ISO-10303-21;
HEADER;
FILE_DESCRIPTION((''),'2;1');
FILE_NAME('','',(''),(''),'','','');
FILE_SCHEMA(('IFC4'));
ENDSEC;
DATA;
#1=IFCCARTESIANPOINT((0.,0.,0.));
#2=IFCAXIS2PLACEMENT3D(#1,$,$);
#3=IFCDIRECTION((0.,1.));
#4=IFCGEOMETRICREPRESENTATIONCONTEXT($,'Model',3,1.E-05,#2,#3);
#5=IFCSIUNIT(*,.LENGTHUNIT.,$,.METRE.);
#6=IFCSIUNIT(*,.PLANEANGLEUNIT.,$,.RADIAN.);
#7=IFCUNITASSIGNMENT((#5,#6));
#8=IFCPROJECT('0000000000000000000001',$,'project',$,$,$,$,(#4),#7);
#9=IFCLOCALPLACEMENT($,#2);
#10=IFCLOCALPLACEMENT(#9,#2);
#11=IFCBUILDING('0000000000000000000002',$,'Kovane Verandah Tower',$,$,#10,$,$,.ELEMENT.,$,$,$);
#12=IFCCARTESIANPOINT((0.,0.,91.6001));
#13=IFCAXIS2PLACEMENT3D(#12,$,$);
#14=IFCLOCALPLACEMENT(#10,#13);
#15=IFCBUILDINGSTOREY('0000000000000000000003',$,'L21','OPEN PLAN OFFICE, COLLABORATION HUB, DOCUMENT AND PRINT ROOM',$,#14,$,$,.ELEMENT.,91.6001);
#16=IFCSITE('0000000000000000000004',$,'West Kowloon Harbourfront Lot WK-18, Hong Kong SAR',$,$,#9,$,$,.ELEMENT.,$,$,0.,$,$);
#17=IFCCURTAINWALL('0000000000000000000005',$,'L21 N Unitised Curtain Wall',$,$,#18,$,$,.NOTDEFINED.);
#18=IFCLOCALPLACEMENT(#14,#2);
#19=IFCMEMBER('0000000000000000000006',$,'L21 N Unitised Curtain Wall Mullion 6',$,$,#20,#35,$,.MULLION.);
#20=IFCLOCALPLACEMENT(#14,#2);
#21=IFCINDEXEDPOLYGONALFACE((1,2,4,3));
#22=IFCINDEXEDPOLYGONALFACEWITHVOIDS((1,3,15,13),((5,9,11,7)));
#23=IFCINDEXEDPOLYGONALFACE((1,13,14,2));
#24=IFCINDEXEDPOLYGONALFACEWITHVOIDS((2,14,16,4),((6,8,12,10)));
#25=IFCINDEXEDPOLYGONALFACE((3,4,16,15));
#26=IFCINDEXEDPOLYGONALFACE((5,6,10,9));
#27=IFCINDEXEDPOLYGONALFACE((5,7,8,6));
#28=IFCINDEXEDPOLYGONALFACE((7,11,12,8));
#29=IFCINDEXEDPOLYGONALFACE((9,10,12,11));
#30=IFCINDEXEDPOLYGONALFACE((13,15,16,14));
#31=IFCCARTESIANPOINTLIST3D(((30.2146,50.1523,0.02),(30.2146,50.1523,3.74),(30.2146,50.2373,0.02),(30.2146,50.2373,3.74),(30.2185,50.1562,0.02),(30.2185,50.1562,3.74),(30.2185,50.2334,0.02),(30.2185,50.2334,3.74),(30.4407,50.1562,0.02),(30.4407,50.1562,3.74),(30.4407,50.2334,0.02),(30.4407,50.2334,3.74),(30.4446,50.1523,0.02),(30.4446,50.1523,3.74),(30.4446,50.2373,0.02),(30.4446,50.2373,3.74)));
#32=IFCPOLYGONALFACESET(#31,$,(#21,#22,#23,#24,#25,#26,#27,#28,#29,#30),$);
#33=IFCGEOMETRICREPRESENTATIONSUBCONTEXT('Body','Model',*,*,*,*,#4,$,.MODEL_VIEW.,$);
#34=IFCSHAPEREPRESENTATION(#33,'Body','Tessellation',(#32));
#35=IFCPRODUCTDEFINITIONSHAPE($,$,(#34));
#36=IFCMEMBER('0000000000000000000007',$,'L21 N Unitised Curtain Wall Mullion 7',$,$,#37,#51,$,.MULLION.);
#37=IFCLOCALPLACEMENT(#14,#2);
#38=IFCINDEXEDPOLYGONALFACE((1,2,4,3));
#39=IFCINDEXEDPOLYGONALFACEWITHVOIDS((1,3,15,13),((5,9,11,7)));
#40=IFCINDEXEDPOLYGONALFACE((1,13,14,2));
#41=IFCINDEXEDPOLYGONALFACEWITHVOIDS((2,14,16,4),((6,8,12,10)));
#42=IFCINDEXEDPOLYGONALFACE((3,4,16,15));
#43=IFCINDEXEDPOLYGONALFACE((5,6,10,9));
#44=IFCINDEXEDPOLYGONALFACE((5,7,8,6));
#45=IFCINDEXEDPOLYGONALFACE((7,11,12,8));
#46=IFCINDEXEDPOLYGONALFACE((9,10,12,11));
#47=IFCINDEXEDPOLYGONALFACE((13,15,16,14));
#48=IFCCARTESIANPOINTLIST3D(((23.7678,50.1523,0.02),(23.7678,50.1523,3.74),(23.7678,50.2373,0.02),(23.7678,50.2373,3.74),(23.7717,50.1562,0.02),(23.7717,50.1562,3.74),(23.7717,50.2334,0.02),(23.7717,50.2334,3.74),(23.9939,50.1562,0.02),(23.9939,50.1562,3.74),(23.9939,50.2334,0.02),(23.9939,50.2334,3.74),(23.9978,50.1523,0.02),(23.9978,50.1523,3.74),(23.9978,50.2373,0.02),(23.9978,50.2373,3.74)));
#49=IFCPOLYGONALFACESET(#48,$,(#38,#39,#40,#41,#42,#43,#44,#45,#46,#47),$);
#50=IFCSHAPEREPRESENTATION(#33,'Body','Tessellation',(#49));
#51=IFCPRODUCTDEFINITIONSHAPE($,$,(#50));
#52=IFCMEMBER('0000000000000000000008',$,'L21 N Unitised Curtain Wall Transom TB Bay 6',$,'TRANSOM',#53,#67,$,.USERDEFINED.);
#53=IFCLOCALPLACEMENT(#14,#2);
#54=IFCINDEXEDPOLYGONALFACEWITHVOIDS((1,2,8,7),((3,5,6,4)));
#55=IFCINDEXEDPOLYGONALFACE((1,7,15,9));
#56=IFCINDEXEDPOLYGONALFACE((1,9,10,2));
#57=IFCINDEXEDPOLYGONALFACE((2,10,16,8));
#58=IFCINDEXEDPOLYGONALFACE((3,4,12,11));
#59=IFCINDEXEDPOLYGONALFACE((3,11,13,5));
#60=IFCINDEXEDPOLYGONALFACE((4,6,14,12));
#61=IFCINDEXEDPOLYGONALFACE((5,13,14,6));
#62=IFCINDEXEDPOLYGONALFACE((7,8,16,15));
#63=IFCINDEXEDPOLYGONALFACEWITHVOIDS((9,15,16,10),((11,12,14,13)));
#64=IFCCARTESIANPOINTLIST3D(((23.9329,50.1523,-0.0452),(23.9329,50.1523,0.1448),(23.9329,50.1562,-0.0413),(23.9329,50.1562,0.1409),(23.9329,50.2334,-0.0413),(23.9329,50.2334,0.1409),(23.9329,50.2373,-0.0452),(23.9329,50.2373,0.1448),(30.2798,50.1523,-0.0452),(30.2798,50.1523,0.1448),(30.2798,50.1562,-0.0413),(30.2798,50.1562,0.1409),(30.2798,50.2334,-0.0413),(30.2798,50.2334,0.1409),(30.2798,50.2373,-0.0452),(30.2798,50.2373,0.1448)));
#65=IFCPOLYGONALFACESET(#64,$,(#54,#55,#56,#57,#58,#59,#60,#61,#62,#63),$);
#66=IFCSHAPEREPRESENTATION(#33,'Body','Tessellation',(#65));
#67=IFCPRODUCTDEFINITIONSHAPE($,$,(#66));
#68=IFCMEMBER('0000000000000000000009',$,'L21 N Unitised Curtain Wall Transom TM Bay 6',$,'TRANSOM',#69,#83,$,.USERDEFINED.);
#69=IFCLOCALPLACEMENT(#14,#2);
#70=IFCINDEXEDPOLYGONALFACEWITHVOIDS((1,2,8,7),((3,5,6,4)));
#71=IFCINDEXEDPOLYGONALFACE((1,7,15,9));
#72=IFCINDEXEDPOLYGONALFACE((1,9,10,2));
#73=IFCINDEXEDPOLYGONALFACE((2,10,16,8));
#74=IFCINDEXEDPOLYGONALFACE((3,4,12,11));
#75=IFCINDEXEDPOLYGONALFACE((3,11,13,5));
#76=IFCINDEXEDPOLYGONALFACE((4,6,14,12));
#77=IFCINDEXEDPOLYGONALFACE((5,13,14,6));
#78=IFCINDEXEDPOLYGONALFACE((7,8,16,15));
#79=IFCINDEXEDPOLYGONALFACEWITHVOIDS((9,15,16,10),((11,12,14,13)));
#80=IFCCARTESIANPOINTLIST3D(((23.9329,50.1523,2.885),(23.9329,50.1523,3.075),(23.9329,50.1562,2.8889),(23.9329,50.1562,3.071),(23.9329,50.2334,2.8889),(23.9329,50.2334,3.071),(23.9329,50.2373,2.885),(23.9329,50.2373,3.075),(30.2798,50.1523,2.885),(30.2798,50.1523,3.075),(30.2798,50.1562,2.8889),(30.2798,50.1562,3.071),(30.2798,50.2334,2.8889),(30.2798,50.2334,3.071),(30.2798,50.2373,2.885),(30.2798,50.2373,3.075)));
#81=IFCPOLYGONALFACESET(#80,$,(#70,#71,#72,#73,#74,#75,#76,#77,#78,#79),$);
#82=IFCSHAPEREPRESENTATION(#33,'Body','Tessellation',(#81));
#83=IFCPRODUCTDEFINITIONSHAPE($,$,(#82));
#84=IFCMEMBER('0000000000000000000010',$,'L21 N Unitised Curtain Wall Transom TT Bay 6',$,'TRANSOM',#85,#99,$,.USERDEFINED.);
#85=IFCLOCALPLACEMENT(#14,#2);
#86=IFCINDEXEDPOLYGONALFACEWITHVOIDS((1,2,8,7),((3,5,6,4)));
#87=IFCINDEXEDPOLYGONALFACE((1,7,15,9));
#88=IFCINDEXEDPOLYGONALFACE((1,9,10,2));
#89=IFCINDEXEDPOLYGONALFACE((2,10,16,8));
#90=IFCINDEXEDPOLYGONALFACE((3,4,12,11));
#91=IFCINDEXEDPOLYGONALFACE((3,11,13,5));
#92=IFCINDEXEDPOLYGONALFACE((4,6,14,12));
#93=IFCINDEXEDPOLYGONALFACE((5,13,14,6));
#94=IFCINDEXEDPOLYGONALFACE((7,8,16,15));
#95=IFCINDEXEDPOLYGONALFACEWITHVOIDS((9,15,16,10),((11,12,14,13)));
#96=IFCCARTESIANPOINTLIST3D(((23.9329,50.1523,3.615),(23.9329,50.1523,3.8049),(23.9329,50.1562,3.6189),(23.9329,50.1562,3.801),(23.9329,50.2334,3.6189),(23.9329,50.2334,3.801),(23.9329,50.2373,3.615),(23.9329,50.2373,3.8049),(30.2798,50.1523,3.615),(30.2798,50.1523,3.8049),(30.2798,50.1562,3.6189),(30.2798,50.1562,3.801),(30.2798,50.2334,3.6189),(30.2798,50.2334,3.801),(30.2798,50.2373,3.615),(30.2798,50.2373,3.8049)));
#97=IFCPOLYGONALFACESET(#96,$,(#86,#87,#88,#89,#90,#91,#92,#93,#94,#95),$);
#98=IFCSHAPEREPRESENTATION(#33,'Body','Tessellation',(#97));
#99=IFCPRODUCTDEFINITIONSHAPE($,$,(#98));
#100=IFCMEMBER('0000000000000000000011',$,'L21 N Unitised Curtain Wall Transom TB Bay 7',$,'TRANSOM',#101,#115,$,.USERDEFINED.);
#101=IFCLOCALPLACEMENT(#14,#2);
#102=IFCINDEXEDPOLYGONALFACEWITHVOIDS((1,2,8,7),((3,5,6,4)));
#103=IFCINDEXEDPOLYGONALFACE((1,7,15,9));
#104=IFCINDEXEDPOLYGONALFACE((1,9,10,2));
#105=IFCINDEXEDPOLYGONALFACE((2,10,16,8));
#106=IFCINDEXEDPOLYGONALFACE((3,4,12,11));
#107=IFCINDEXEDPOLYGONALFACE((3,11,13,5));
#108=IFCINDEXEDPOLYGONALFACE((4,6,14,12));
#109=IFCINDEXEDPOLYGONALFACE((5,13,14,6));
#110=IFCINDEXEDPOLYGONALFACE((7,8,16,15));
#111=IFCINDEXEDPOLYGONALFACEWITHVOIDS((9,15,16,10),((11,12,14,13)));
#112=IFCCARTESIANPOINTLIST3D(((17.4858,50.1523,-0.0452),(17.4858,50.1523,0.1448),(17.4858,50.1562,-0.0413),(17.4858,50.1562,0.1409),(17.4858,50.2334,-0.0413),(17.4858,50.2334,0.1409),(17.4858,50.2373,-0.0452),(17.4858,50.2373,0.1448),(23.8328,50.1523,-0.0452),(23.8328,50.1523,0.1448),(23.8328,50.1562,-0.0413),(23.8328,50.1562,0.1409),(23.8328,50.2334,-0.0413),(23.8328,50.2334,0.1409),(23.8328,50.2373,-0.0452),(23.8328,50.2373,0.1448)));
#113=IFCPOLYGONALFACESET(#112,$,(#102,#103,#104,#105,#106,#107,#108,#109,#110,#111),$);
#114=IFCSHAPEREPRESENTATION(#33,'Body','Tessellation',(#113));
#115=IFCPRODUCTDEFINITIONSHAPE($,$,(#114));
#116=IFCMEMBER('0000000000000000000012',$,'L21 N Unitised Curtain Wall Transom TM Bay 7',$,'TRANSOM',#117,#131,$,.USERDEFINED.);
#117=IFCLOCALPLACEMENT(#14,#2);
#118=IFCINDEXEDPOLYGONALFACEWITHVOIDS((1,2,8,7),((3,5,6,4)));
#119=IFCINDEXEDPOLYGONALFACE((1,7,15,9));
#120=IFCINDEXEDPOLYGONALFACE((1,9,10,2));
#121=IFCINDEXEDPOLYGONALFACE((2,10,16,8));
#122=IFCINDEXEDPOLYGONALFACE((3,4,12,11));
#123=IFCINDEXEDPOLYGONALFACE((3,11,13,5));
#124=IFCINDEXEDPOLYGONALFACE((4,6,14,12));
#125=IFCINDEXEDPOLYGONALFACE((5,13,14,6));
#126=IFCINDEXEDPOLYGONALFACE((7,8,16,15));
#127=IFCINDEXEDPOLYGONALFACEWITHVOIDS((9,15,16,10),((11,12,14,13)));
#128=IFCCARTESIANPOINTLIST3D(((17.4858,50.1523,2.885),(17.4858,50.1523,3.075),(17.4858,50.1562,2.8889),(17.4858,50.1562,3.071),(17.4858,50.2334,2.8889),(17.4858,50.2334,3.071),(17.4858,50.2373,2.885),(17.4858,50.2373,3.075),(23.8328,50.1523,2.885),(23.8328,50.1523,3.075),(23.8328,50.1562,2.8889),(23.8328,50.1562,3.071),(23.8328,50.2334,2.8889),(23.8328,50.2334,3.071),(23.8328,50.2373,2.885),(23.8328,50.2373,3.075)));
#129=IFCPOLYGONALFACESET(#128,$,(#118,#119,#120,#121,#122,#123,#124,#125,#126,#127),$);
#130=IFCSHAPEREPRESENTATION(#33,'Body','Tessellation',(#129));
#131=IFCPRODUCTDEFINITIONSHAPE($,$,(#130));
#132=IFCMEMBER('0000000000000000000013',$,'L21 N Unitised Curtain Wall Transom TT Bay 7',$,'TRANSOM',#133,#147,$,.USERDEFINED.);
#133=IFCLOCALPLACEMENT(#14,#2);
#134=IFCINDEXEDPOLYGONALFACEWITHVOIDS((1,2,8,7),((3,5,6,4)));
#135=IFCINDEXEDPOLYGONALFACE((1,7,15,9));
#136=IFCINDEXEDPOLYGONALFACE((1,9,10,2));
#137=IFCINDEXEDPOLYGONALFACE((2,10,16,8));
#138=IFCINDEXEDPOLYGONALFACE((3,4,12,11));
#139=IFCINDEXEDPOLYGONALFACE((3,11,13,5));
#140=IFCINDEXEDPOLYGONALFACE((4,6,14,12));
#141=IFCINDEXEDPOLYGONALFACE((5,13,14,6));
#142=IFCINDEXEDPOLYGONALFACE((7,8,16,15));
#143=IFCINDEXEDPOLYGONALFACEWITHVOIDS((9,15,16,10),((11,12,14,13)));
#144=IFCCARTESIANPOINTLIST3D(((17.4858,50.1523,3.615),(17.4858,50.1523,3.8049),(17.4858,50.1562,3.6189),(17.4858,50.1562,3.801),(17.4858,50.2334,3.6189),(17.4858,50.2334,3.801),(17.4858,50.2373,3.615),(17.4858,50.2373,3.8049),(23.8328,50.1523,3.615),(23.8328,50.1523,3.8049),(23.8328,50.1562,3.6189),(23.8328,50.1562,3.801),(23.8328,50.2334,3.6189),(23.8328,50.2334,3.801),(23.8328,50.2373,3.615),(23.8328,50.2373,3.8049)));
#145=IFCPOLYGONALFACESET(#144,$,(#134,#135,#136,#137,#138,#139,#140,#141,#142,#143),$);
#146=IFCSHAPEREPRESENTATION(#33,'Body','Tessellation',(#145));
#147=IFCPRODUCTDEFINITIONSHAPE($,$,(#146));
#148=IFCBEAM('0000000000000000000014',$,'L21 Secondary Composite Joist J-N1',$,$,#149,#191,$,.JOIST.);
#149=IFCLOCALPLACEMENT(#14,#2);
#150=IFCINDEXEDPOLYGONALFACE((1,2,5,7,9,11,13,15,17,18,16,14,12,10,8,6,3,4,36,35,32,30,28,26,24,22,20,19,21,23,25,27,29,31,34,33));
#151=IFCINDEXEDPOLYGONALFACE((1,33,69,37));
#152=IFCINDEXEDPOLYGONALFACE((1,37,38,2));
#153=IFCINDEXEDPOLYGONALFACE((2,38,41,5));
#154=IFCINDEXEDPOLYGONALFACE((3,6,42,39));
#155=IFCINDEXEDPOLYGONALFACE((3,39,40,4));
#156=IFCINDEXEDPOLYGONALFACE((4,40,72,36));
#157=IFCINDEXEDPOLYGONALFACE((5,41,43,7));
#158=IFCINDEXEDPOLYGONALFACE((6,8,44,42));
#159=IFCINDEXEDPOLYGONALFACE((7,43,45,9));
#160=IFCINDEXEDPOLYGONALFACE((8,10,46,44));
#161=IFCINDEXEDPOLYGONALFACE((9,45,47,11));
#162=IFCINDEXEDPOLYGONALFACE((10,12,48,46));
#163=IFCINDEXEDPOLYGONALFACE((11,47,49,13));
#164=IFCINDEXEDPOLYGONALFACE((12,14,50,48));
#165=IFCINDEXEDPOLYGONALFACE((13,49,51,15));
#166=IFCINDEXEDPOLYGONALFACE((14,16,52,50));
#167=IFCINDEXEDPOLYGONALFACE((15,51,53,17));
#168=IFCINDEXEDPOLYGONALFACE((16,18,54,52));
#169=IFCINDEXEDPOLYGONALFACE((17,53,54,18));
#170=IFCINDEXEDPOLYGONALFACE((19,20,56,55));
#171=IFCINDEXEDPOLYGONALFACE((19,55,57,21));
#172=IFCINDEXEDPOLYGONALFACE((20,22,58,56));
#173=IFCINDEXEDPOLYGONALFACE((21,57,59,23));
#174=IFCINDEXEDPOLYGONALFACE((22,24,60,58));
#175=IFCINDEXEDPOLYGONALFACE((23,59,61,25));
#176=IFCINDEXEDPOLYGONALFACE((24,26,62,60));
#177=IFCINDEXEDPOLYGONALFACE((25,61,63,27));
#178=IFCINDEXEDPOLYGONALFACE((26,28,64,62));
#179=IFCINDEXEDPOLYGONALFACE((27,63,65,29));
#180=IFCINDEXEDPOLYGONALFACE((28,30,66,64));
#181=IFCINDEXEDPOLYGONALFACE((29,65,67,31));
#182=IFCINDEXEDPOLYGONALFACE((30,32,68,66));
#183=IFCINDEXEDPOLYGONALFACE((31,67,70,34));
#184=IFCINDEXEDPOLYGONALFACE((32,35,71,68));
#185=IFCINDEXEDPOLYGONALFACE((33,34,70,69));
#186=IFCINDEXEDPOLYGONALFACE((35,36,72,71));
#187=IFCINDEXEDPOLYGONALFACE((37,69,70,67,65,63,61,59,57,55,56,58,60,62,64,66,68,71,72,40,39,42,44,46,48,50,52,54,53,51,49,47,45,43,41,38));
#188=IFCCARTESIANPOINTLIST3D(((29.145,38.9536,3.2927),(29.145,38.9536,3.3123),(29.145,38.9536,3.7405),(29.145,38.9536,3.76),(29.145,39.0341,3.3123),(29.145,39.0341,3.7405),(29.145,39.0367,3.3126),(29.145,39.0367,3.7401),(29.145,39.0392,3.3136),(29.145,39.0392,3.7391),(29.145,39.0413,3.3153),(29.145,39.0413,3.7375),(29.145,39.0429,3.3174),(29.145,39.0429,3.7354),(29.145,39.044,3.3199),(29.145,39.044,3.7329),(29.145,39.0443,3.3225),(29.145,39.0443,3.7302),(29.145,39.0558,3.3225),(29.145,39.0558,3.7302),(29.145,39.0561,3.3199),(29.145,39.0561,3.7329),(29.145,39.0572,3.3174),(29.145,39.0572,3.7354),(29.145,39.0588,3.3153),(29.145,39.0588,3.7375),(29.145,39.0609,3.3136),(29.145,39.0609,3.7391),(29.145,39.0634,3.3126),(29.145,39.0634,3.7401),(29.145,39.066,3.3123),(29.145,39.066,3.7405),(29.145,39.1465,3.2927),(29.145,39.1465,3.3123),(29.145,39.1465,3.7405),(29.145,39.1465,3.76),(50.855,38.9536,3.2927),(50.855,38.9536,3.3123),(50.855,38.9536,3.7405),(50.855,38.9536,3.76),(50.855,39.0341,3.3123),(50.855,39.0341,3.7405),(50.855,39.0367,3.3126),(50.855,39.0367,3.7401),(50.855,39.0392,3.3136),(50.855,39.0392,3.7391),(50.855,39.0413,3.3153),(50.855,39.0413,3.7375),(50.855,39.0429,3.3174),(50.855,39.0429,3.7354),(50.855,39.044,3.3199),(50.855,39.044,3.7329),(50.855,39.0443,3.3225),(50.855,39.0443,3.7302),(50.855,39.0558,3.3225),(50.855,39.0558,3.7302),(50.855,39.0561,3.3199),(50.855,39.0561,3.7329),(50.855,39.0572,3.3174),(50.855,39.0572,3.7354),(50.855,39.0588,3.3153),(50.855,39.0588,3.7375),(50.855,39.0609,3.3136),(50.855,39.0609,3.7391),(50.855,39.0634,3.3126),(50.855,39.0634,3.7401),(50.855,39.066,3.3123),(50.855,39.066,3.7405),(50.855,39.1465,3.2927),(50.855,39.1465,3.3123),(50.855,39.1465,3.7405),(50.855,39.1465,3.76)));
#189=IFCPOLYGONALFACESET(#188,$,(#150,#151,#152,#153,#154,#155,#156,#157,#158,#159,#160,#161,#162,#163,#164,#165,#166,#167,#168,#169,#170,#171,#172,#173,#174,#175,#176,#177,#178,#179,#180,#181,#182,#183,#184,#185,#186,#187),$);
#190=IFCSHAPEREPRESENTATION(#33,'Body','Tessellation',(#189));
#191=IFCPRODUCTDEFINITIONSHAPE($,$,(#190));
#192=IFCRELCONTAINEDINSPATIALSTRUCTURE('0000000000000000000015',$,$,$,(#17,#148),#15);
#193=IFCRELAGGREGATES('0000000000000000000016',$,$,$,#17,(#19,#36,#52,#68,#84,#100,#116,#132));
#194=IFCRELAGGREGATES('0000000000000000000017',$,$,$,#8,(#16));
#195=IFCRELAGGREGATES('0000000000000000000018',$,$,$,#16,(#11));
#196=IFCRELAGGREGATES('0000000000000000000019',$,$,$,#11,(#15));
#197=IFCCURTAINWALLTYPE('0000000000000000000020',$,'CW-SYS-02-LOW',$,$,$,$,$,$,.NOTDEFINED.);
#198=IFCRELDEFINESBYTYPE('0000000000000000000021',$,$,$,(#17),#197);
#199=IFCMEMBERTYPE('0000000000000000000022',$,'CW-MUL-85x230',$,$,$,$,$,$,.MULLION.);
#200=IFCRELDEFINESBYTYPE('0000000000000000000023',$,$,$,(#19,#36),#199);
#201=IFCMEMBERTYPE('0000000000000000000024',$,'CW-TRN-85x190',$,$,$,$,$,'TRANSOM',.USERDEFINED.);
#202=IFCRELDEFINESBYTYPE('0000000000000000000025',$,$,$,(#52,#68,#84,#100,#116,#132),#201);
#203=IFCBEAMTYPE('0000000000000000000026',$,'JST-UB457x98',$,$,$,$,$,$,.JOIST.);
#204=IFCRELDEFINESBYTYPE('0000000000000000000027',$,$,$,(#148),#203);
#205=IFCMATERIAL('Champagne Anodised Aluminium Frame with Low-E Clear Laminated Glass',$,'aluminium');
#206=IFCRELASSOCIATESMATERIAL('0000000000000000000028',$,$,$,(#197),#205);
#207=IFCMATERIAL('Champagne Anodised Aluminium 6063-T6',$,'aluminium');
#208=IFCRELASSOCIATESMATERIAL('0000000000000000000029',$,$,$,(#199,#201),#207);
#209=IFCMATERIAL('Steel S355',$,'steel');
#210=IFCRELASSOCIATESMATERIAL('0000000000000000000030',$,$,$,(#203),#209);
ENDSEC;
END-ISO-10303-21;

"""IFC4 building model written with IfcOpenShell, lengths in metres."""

from ifc_helpers import new_model, si_unit, direction, frame, origin, origin_2d, place, context, subcontext, project, spatial, hollow_rectangle, i_section, extrude, material, material_profile, profile_set, type_object, element, aggregate, save


model = new_model("IFC4")

# Units and contexts
model_context = context("Model", 3, precision=1e-05, world=origin(), true_north=direction((0.0, 1.0)))
body_context = subcontext(model_context, "Body", "Model", "MODEL_VIEW")
ifc_project = project(units=[si_unit("LENGTHUNIT", "METRE"), si_unit("PLANEANGLEUNIT", "RADIAN")], contexts=[model_context])

# Site, building, storey
site_placement = place(None, origin())
site = spatial("IfcSite", under=ifc_project, at=site_placement, Name="West Kowloon Harbourfront Lot WK-18, Hong Kong SAR", CompositionType="ELEMENT", RefElevation=0.0)
building_placement = place(site_placement, origin())
building = spatial("IfcBuilding", under=site, at=building_placement, Name="Kovane Verandah Tower", CompositionType="ELEMENT")
storey_placement = place(building_placement, frame((0.0, 0.0, 91.6001)))
storey = spatial("IfcBuildingStorey", under=building, at=storey_placement, Name="L21", Description="OPEN PLAN OFFICE, COLLABORATION HUB, DOCUMENT AND PRINT ROOM", CompositionType="ELEMENT", Elevation=91.6001)

# Shared definitions
ifc_material_1 = material(Name="Steel S355", Category="steel")

# Curtain wall, members
ifc_material_2 = material(Name="Champagne Anodised Aluminium Frame with Low-E Clear Laminated Glass", Category="aluminium")
curtain_wall_type = type_object("IfcCurtainWallType", Name="CW-SYS-02-LOW", PredefinedType="NOTDEFINED", material=ifc_material_2)
curtain_wall_placement = place(storey_placement, origin())
curtain_wall = element("IfcCurtainWall", 1, at=curtain_wall_placement, inside=storey, type_object=curtain_wall_type, Name="L21 N Unitised Curtain Wall", PredefinedType="NOTDEFINED")
ifc_material_3 = material(Name="Champagne Anodised Aluminium 6063-T6", Category="aluminium")
ifc_material_profile_1 = material_profile(ifc_material_3, hollow_rectangle(XDim=0.085, YDim=0.23, WallThickness=0.0039, at=origin_2d()), Name="AL85x230x4")
ifc_profile_set_1 = profile_set([ifc_material_profile_1], Name="Champagne Anodised Aluminium 6063-T6")
member_type_1 = type_object("IfcMemberType", Name="CW-MUL-85x230", PredefinedType="MULLION", material=ifc_profile_set_1)
member_1_placement = place(storey_placement, frame((30.3296, 50.1948, 0.02), z_axis=(0.0, 0.0, 1.0), x_axis=(0.0, 1.0, 0.0)))
member_1 = element("IfcMember", 2, at=member_1_placement, type_object=member_type_1, Name="L21 N Unitised Curtain Wall Mullion 6", PredefinedType="MULLION", context=body_context, shape_type="SweptSolid", body=[
    extrude(hollow_rectangle(XDim=0.085, YDim=0.23, WallThickness=0.0039, at=origin_2d()), origin(), (0.0, 0.0, 1.0), 3.72),
])
member_2_placement = place(storey_placement, frame((23.8828, 50.1948, 0.02), z_axis=(0.0, 0.0, 1.0), x_axis=(0.0, 1.0, 0.0)))
member_2 = element("IfcMember", 3, at=member_2_placement, type_object=member_type_1, Name="L21 N Unitised Curtain Wall Mullion 7", PredefinedType="MULLION", context=body_context, shape_type="SweptSolid", body=[
    extrude(hollow_rectangle(XDim=0.085, YDim=0.23, WallThickness=0.0039, at=origin_2d()), origin(), (0.0, 0.0, 1.0), 3.72),
])
ifc_material_profile_2 = material_profile(ifc_material_3, hollow_rectangle(XDim=0.085, YDim=0.1899, WallThickness=0.0039, at=origin_2d()), Name="AL85x190x4")
ifc_profile_set_2 = profile_set([ifc_material_profile_2], Name="Champagne Anodised Aluminium 6063-T6")
member_type_2 = type_object("IfcMemberType", Name="CW-TRN-85x190", ElementType="TRANSOM", PredefinedType="USERDEFINED", material=ifc_profile_set_2)
member_3_placement = place(storey_placement, frame((30.2798, 50.1948, 0.0498), z_axis=(-1.0, 0.0, 0.0), x_axis=(0.0, -1.0, 0.0)))
member_3 = element("IfcMember", 4, at=member_3_placement, type_object=member_type_2, Name="L21 N Unitised Curtain Wall Transom TB Bay 6", ObjectType="TRANSOM", PredefinedType="USERDEFINED", context=body_context, shape_type="SweptSolid", body=[
    extrude(hollow_rectangle(XDim=0.085, YDim=0.1899, WallThickness=0.0039, at=origin_2d()), origin(), (0.0, 0.0, 1.0), 6.3469),
])
member_4_placement = place(storey_placement, frame((30.2798, 50.1948, 2.98), z_axis=(-1.0, 0.0, 0.0), x_axis=(0.0, -1.0, 0.0)))
member_4 = element("IfcMember", 5, at=member_4_placement, type_object=member_type_2, Name="L21 N Unitised Curtain Wall Transom TM Bay 6", ObjectType="TRANSOM", PredefinedType="USERDEFINED", context=body_context, shape_type="SweptSolid", body=[
    extrude(hollow_rectangle(XDim=0.085, YDim=0.1899, WallThickness=0.0039, at=origin_2d()), origin(), (0.0, 0.0, 1.0), 6.3469),
])
member_5_placement = place(storey_placement, frame((30.2798, 50.1948, 3.71), z_axis=(-1.0, 0.0, 0.0), x_axis=(0.0, -1.0, 0.0)))
member_5 = element("IfcMember", 6, at=member_5_placement, type_object=member_type_2, Name="L21 N Unitised Curtain Wall Transom TT Bay 6", ObjectType="TRANSOM", PredefinedType="USERDEFINED", context=body_context, shape_type="SweptSolid", body=[
    extrude(hollow_rectangle(XDim=0.085, YDim=0.1899, WallThickness=0.0039, at=origin_2d()), origin(), (0.0, 0.0, 1.0), 6.3469),
])
member_6_placement = place(storey_placement, frame((23.8328, 50.1948, 0.0498), z_axis=(-1.0, 0.0, 0.0), x_axis=(0.0, -1.0, 0.0)))
member_6 = element("IfcMember", 7, at=member_6_placement, type_object=member_type_2, Name="L21 N Unitised Curtain Wall Transom TB Bay 7", ObjectType="TRANSOM", PredefinedType="USERDEFINED", context=body_context, shape_type="SweptSolid", body=[
    extrude(hollow_rectangle(XDim=0.085, YDim=0.1899, WallThickness=0.0039, at=origin_2d()), origin(), (0.0, 0.0, 1.0), 6.3469),
])
member_7_placement = place(storey_placement, frame((23.8328, 50.1948, 2.98), z_axis=(-1.0, 0.0, 0.0), x_axis=(0.0, -1.0, 0.0)))
member_7 = element("IfcMember", 8, at=member_7_placement, type_object=member_type_2, Name="L21 N Unitised Curtain Wall Transom TM Bay 7", ObjectType="TRANSOM", PredefinedType="USERDEFINED", context=body_context, shape_type="SweptSolid", body=[
    extrude(hollow_rectangle(XDim=0.085, YDim=0.1899, WallThickness=0.0039, at=origin_2d()), origin(), (0.0, 0.0, 1.0), 6.3469),
])
member_8_placement = place(storey_placement, frame((23.8328, 50.1948, 3.71), z_axis=(-1.0, 0.0, 0.0), x_axis=(0.0, -1.0, 0.0)))
member_8 = element("IfcMember", 9, at=member_8_placement, type_object=member_type_2, Name="L21 N Unitised Curtain Wall Transom TT Bay 7", ObjectType="TRANSOM", PredefinedType="USERDEFINED", context=body_context, shape_type="SweptSolid", body=[
    extrude(hollow_rectangle(XDim=0.085, YDim=0.1899, WallThickness=0.0039, at=origin_2d()), origin(), (0.0, 0.0, 1.0), 6.3469),
])

# Beam
ifc_material_profile_3 = material_profile(ifc_material_1, i_section(OverallWidth=0.1929, OverallDepth=0.4673, WebThickness=0.0115, FlangeThickness=0.0195, FilletRadius=0.0103, at=origin_2d()), Name="UB457x191x98")
ifc_profile_set_3 = profile_set([ifc_material_profile_3], Name="Steel S355")
beam_type_1 = type_object("IfcBeamType", Name="JST-UB457x98", PredefinedType="JOIST", material=ifc_profile_set_3)
for number, where, z_axis, x_axis, name in (
    (10, (29.145, 39.05, 3.5264), (1.0, 0.0, 0.0), (0.0, 1.0, 0.0), "L21 Secondary Composite Joist J-N1"),
):
    element("IfcBeam", number, at=place(storey_placement, frame(where, z_axis=z_axis, x_axis=x_axis)), inside=storey, type_object=beam_type_1, Name=name, PredefinedType="JOIST", context=body_context, shape_type="SweptSolid", body=[
        extrude(i_section(OverallWidth=0.1929, OverallDepth=0.4673, WebThickness=0.0115, FlangeThickness=0.0195, FilletRadius=0.0103, at=origin_2d()), origin(), (0.0, 0.0, 1.0), 21.71),
    ])

aggregate(curtain_wall, [member_1, member_2, member_3, member_4, member_5, member_6, member_7, member_8])

save(model, "model.ifc")
